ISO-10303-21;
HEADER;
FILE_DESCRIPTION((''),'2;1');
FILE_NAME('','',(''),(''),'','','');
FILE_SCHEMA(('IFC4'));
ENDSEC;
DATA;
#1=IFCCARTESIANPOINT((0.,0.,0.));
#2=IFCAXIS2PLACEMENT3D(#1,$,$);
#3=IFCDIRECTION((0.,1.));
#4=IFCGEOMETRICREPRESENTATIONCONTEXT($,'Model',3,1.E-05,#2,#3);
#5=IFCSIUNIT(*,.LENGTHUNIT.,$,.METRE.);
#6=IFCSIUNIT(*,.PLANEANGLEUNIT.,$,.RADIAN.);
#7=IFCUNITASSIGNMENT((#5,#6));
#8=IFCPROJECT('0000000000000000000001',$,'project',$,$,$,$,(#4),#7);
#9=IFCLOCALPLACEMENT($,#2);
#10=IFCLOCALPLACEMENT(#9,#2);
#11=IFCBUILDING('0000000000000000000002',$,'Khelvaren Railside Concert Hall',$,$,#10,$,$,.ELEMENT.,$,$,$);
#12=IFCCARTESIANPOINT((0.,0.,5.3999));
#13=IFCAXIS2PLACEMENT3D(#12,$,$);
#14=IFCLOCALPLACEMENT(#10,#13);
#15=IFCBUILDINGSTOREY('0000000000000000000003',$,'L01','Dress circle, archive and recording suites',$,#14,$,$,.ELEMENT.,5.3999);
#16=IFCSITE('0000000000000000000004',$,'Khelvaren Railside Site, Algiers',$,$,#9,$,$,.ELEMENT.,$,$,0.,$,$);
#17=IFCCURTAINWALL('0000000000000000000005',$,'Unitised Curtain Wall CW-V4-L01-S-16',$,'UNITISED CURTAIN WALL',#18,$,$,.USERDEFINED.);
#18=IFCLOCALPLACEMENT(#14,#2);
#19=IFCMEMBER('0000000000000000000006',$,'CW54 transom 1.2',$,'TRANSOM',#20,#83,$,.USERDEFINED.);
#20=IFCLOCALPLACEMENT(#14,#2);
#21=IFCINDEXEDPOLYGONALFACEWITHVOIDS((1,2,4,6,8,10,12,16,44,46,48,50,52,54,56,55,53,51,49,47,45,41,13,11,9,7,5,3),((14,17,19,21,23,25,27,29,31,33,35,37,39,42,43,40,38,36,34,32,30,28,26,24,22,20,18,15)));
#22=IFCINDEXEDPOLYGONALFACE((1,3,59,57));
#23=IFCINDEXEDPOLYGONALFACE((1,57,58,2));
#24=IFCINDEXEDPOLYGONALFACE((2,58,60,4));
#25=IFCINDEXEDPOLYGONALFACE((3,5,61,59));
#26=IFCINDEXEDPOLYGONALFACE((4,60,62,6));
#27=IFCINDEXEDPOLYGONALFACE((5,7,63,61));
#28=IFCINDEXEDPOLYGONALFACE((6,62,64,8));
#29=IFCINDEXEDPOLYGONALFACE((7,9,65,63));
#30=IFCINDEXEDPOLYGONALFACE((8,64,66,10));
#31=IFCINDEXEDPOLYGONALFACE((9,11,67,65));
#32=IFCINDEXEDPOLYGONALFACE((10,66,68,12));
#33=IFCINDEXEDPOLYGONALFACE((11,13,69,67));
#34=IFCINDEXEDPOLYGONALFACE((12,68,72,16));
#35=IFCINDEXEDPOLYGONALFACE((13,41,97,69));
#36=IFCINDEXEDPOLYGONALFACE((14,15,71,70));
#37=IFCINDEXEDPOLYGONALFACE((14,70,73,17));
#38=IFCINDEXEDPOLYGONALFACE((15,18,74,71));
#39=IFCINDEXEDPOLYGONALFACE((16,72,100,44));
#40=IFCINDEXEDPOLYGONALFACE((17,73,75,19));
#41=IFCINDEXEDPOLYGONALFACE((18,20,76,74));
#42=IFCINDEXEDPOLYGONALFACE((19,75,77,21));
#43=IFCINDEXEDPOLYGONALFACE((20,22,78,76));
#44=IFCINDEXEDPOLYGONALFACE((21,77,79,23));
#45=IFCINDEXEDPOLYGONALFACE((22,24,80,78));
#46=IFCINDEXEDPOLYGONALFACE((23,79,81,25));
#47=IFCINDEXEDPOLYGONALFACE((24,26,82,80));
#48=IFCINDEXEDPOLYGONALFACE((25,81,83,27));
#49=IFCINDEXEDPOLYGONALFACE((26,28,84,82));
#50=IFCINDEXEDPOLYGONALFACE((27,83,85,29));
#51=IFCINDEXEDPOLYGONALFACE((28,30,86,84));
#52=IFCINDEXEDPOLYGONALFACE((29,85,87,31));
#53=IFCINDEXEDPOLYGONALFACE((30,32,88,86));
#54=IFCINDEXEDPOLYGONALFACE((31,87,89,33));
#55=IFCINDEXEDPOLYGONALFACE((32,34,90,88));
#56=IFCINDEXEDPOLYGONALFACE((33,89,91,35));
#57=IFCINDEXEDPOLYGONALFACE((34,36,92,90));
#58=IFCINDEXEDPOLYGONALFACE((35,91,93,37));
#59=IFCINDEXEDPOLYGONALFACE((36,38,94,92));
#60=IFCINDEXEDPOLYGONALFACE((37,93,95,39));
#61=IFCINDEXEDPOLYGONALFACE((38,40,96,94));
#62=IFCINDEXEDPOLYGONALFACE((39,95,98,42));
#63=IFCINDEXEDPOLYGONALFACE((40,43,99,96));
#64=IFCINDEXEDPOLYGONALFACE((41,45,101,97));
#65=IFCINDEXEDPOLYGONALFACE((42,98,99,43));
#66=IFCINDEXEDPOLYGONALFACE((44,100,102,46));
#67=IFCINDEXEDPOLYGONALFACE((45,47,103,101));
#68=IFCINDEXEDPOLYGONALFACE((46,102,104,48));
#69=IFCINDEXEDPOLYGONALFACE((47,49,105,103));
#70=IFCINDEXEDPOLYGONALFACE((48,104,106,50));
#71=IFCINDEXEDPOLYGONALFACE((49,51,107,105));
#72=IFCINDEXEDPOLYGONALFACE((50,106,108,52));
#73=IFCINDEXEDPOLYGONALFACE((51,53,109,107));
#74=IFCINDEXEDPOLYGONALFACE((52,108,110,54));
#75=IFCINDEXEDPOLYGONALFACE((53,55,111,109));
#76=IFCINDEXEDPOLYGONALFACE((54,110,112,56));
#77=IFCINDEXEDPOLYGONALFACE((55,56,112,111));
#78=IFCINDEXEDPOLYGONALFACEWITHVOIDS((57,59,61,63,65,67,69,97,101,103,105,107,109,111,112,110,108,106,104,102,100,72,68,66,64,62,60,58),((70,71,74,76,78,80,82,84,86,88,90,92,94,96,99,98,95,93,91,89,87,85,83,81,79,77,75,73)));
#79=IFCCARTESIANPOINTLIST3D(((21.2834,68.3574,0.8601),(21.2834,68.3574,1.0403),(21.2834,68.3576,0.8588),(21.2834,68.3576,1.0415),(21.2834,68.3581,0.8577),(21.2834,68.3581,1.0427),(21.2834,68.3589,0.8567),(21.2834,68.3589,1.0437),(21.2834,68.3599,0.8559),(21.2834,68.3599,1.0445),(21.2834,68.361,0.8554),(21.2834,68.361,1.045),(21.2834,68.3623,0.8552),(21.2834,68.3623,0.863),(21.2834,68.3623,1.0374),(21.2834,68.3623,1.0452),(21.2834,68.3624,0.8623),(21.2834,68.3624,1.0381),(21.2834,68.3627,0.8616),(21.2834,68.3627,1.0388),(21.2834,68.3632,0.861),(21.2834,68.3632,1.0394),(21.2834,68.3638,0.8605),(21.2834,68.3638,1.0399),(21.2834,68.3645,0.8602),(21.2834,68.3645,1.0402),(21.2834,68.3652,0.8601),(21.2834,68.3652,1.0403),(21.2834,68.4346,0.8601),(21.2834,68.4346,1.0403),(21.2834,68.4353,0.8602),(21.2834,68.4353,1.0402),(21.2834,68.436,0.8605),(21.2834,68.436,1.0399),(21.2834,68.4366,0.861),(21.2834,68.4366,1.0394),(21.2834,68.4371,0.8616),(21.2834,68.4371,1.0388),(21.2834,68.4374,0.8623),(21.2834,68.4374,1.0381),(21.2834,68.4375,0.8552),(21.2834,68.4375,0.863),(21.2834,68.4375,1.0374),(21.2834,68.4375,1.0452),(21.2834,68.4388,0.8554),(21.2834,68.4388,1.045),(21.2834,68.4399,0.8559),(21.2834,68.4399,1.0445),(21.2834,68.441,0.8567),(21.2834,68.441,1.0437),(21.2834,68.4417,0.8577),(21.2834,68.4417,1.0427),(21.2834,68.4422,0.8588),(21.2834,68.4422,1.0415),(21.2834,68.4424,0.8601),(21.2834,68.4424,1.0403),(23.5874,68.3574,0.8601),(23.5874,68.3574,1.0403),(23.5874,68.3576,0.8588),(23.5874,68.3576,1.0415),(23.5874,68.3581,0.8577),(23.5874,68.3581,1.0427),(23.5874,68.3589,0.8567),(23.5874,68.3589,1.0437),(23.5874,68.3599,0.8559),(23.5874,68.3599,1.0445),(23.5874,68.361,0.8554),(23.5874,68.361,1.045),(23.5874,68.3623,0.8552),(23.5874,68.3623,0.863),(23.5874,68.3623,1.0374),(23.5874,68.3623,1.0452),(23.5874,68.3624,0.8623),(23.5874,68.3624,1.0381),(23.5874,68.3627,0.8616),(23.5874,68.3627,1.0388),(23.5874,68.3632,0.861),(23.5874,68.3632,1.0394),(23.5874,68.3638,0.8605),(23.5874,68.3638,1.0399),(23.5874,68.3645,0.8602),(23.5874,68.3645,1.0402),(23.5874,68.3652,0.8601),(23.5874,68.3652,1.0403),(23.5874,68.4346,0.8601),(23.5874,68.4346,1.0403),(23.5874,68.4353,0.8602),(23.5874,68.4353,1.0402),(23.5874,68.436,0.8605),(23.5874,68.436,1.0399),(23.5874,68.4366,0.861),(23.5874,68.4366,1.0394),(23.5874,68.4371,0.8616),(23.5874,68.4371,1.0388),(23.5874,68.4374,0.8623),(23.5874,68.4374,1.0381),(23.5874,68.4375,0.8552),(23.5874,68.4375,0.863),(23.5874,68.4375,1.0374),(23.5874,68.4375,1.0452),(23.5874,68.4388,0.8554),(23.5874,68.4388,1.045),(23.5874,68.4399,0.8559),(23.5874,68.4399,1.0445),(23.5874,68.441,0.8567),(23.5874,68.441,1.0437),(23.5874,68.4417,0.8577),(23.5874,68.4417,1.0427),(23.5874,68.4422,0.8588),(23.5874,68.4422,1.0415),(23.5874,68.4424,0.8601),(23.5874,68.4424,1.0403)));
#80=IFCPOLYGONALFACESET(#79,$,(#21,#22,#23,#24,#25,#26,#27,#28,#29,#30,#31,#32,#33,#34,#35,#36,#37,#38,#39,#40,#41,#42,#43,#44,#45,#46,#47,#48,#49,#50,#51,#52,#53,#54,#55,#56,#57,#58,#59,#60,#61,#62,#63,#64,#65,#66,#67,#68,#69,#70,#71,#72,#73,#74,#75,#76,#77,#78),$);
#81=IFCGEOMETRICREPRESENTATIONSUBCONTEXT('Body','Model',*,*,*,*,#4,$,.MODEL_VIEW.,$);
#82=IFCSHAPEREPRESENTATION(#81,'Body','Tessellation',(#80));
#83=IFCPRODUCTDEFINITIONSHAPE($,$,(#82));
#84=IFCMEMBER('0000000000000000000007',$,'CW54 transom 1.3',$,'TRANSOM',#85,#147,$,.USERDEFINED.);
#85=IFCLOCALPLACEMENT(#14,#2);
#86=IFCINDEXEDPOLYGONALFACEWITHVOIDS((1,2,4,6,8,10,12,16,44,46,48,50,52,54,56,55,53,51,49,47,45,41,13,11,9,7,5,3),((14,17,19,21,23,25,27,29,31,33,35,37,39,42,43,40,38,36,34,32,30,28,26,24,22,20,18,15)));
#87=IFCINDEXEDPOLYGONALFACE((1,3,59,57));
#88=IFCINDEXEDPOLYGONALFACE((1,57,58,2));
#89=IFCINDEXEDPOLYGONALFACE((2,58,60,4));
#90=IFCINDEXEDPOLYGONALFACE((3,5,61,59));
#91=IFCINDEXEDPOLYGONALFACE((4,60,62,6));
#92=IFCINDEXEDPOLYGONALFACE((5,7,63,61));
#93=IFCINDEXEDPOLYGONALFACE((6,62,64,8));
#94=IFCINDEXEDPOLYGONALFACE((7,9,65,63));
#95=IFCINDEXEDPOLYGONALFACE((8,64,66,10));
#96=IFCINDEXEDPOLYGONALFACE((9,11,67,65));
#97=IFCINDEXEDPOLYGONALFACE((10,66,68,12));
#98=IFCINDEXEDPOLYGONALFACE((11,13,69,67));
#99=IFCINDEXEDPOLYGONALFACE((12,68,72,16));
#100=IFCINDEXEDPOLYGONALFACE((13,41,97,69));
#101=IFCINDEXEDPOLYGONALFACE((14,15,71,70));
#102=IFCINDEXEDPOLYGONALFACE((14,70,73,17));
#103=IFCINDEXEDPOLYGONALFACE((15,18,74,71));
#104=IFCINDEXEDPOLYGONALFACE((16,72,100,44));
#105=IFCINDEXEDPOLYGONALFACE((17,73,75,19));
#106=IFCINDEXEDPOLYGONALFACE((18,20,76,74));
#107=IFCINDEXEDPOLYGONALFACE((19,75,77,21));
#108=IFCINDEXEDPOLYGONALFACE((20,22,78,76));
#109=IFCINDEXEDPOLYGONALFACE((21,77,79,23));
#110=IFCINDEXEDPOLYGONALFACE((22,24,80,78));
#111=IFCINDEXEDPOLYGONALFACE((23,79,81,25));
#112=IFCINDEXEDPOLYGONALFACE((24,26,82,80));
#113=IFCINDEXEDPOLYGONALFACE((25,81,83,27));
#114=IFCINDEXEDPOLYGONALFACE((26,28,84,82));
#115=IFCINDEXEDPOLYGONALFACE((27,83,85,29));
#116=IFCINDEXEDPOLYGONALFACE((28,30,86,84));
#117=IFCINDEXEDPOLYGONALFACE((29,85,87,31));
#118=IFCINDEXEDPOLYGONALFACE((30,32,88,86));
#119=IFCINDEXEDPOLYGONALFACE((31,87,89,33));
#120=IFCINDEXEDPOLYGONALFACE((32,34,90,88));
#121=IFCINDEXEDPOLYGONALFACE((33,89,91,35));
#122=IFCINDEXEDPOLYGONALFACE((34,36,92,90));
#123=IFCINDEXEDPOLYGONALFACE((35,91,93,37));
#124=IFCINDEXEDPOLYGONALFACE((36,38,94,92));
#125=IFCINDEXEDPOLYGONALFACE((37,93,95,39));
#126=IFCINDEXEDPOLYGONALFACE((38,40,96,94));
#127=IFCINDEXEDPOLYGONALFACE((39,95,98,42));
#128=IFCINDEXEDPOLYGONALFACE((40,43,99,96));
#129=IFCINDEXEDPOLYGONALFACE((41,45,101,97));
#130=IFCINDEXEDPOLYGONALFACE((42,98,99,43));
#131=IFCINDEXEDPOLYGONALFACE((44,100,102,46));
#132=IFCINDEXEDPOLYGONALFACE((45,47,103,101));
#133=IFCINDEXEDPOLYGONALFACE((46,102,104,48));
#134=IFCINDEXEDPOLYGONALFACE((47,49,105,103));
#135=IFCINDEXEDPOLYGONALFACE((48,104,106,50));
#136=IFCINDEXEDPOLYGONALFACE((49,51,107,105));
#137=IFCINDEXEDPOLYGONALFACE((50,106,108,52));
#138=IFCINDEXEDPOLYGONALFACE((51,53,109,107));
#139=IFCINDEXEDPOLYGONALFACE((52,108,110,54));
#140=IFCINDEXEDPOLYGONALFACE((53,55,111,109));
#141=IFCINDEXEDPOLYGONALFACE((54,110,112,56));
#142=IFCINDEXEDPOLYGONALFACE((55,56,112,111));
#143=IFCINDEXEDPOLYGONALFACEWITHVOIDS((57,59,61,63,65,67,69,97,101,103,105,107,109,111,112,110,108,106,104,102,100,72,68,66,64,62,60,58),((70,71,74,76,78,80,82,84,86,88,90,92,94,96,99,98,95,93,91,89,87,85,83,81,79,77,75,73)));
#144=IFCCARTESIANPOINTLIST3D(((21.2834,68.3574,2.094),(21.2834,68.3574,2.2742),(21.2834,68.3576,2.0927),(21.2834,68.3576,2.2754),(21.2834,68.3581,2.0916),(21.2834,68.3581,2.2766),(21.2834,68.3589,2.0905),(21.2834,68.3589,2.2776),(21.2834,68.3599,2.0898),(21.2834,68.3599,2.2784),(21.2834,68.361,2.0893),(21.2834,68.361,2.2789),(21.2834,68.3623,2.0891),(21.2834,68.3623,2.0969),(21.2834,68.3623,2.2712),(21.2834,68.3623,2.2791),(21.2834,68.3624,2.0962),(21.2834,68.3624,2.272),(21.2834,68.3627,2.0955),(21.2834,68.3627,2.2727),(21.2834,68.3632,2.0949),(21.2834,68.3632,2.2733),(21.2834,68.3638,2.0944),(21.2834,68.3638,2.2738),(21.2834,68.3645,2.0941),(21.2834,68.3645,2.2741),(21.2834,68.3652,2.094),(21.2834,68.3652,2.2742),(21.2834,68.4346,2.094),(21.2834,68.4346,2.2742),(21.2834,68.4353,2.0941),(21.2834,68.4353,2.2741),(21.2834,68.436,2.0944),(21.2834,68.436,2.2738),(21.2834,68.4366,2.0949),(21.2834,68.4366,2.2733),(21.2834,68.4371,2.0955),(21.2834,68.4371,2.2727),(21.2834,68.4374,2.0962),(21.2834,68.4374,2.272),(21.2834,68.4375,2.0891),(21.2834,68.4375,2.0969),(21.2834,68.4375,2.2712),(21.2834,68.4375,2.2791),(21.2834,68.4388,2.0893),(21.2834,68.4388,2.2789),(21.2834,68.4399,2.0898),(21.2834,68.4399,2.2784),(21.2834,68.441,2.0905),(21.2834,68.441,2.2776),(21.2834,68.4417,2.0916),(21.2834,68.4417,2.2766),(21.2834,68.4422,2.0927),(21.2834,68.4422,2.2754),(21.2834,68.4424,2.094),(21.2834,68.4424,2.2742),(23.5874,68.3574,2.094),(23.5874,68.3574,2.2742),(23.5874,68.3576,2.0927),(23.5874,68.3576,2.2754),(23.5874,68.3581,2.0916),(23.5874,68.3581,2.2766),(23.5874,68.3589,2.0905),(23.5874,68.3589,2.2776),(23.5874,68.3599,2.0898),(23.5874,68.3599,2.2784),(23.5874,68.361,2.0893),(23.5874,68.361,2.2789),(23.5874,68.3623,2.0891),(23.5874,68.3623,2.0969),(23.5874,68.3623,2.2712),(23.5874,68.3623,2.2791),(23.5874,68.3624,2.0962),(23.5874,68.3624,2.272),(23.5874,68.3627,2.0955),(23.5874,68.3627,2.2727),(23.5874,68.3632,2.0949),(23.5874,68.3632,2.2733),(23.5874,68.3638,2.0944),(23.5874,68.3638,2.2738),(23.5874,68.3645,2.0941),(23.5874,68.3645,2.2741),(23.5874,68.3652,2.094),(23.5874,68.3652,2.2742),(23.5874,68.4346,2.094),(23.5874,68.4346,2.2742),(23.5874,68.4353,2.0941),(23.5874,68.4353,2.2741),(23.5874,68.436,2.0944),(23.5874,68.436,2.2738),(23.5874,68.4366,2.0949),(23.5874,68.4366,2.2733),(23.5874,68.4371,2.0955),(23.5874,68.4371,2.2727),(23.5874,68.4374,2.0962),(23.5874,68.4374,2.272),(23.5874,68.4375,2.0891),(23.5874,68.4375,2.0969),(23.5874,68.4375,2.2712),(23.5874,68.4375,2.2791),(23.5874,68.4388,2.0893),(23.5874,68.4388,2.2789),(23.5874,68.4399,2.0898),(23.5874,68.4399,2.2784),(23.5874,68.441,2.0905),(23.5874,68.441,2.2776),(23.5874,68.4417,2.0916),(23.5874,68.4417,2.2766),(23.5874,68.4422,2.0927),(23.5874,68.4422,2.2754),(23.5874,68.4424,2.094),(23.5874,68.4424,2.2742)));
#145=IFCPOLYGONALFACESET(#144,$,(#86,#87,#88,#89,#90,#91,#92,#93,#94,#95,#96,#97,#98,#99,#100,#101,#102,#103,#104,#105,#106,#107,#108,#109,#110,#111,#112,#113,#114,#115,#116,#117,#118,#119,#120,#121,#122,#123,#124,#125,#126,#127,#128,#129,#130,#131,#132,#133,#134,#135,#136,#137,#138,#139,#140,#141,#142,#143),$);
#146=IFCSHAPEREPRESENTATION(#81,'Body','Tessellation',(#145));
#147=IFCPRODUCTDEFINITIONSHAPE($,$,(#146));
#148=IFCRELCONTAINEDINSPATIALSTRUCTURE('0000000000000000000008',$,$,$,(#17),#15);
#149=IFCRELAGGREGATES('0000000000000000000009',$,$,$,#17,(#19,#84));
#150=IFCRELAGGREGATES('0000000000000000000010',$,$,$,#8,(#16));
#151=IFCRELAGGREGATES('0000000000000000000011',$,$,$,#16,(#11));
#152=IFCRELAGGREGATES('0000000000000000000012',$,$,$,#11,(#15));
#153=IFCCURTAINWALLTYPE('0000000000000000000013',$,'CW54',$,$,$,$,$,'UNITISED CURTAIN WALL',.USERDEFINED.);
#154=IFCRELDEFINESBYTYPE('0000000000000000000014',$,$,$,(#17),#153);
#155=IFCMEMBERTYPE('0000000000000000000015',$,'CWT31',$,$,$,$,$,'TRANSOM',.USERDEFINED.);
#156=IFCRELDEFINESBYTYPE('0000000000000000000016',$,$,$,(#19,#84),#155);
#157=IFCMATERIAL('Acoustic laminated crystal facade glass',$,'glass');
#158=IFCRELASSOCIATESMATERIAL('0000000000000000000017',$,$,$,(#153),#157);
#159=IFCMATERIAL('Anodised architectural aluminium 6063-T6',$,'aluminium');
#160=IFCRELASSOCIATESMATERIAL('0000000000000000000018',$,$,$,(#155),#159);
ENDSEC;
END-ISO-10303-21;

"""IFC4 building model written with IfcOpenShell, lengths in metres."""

from ifc_helpers import new_model, si_unit, direction, frame, origin, origin_2d, place, context, subcontext, project, spatial, hollow_rectangle, extrude, material, material_profile, profile_set, type_object, element, aggregate, save


model = new_model("IFC4")

# Units and contexts
model_context = context("Model", 3, precision=1e-05, world=origin(), true_north=direction((0.0, 1.0)))
body_context = subcontext(model_context, "Body", "Model", "MODEL_VIEW")
ifc_project = project(units=[si_unit("LENGTHUNIT", "METRE"), si_unit("PLANEANGLEUNIT", "RADIAN")], contexts=[model_context])

# Site, building, storey
site_placement = place(None, origin())
site = spatial("IfcSite", under=ifc_project, at=site_placement, Name="Khelvaren Railside Site, Algiers", CompositionType="ELEMENT", RefElevation=0.0)
building_placement = place(site_placement, origin())
building = spatial("IfcBuilding", under=site, at=building_placement, Name="Khelvaren Railside Concert Hall", CompositionType="ELEMENT")
storey_placement = place(building_placement, frame((0.0, 0.0, 5.3999)))
storey = spatial("IfcBuildingStorey", under=building, at=storey_placement, Name="L01", Description="Dress circle, archive and recording suites", CompositionType="ELEMENT", Elevation=5.3999)

# Curtain wall
ifc_material_1 = material(Name="Acoustic laminated crystal facade glass", Category="glass")
curtain_wall_type_1 = type_object("IfcCurtainWallType", Name="CW54", ElementType="UNITISED CURTAIN WALL", PredefinedType="USERDEFINED", material=ifc_material_1)
curtain_wall_1_placement = place(storey_placement, origin())
curtain_wall_1 = element("IfcCurtainWall", 1, at=curtain_wall_1_placement, inside=storey, type_object=curtain_wall_type_1, Name="Unitised Curtain Wall CW-V4-L01-S-16", ObjectType="UNITISED CURTAIN WALL", PredefinedType="USERDEFINED")
ifc_material_2 = material(Name="Anodised architectural aluminium 6063-T6", Category="aluminium")

# Members
ifc_material_profile_1 = material_profile(ifc_material_2, hollow_rectangle(XDim=0.085, YDim=0.1899, WallThickness=0.0049, InnerFilletRadius=0.0029, OuterFilletRadius=0.0049, at=origin_2d()), Name="CWT 85x190x5")
ifc_profile_set_1 = profile_set([ifc_material_profile_1], Name="Anodised architectural aluminium 6063-T6")
member_type_1 = type_object("IfcMemberType", Name="CWT31", ElementType="TRANSOM", PredefinedType="USERDEFINED", material=ifc_profile_set_1)
member_1_placement = place(storey_placement, frame((23.5874, 68.3999, 0.9502), z_axis=(-1.0, 0.0, 0.0), x_axis=(0.0, -1.0, 0.0)))
member_1 = element("IfcMember", 2, at=member_1_placement, type_object=member_type_1, Name="CW54 transom 1.2", ObjectType="TRANSOM", PredefinedType="USERDEFINED", context=body_context, shape_type="SweptSolid", body=[
    extrude(hollow_rectangle(XDim=0.085, YDim=0.1899, WallThickness=0.0049, InnerFilletRadius=0.0029, OuterFilletRadius=0.0049, at=origin_2d()), origin(), (0.0, 0.0, 1.0), 2.304),
])
member_2_placement = place(storey_placement, frame((23.5874, 68.3999, 2.1841), z_axis=(-1.0, 0.0, 0.0), x_axis=(0.0, -1.0, 0.0)))
member_2 = element("IfcMember", 3, at=member_2_placement, type_object=member_type_1, Name="CW54 transom 1.3", ObjectType="TRANSOM", PredefinedType="USERDEFINED", context=body_context, shape_type="SweptSolid", body=[
    extrude(hollow_rectangle(XDim=0.085, YDim=0.1899, WallThickness=0.0049, InnerFilletRadius=0.0029, OuterFilletRadius=0.0049, at=origin_2d()), origin(), (0.0, 0.0, 1.0), 2.304),
])

aggregate(curtain_wall_1, [member_1, member_2])

save(model, "model.ifc")
